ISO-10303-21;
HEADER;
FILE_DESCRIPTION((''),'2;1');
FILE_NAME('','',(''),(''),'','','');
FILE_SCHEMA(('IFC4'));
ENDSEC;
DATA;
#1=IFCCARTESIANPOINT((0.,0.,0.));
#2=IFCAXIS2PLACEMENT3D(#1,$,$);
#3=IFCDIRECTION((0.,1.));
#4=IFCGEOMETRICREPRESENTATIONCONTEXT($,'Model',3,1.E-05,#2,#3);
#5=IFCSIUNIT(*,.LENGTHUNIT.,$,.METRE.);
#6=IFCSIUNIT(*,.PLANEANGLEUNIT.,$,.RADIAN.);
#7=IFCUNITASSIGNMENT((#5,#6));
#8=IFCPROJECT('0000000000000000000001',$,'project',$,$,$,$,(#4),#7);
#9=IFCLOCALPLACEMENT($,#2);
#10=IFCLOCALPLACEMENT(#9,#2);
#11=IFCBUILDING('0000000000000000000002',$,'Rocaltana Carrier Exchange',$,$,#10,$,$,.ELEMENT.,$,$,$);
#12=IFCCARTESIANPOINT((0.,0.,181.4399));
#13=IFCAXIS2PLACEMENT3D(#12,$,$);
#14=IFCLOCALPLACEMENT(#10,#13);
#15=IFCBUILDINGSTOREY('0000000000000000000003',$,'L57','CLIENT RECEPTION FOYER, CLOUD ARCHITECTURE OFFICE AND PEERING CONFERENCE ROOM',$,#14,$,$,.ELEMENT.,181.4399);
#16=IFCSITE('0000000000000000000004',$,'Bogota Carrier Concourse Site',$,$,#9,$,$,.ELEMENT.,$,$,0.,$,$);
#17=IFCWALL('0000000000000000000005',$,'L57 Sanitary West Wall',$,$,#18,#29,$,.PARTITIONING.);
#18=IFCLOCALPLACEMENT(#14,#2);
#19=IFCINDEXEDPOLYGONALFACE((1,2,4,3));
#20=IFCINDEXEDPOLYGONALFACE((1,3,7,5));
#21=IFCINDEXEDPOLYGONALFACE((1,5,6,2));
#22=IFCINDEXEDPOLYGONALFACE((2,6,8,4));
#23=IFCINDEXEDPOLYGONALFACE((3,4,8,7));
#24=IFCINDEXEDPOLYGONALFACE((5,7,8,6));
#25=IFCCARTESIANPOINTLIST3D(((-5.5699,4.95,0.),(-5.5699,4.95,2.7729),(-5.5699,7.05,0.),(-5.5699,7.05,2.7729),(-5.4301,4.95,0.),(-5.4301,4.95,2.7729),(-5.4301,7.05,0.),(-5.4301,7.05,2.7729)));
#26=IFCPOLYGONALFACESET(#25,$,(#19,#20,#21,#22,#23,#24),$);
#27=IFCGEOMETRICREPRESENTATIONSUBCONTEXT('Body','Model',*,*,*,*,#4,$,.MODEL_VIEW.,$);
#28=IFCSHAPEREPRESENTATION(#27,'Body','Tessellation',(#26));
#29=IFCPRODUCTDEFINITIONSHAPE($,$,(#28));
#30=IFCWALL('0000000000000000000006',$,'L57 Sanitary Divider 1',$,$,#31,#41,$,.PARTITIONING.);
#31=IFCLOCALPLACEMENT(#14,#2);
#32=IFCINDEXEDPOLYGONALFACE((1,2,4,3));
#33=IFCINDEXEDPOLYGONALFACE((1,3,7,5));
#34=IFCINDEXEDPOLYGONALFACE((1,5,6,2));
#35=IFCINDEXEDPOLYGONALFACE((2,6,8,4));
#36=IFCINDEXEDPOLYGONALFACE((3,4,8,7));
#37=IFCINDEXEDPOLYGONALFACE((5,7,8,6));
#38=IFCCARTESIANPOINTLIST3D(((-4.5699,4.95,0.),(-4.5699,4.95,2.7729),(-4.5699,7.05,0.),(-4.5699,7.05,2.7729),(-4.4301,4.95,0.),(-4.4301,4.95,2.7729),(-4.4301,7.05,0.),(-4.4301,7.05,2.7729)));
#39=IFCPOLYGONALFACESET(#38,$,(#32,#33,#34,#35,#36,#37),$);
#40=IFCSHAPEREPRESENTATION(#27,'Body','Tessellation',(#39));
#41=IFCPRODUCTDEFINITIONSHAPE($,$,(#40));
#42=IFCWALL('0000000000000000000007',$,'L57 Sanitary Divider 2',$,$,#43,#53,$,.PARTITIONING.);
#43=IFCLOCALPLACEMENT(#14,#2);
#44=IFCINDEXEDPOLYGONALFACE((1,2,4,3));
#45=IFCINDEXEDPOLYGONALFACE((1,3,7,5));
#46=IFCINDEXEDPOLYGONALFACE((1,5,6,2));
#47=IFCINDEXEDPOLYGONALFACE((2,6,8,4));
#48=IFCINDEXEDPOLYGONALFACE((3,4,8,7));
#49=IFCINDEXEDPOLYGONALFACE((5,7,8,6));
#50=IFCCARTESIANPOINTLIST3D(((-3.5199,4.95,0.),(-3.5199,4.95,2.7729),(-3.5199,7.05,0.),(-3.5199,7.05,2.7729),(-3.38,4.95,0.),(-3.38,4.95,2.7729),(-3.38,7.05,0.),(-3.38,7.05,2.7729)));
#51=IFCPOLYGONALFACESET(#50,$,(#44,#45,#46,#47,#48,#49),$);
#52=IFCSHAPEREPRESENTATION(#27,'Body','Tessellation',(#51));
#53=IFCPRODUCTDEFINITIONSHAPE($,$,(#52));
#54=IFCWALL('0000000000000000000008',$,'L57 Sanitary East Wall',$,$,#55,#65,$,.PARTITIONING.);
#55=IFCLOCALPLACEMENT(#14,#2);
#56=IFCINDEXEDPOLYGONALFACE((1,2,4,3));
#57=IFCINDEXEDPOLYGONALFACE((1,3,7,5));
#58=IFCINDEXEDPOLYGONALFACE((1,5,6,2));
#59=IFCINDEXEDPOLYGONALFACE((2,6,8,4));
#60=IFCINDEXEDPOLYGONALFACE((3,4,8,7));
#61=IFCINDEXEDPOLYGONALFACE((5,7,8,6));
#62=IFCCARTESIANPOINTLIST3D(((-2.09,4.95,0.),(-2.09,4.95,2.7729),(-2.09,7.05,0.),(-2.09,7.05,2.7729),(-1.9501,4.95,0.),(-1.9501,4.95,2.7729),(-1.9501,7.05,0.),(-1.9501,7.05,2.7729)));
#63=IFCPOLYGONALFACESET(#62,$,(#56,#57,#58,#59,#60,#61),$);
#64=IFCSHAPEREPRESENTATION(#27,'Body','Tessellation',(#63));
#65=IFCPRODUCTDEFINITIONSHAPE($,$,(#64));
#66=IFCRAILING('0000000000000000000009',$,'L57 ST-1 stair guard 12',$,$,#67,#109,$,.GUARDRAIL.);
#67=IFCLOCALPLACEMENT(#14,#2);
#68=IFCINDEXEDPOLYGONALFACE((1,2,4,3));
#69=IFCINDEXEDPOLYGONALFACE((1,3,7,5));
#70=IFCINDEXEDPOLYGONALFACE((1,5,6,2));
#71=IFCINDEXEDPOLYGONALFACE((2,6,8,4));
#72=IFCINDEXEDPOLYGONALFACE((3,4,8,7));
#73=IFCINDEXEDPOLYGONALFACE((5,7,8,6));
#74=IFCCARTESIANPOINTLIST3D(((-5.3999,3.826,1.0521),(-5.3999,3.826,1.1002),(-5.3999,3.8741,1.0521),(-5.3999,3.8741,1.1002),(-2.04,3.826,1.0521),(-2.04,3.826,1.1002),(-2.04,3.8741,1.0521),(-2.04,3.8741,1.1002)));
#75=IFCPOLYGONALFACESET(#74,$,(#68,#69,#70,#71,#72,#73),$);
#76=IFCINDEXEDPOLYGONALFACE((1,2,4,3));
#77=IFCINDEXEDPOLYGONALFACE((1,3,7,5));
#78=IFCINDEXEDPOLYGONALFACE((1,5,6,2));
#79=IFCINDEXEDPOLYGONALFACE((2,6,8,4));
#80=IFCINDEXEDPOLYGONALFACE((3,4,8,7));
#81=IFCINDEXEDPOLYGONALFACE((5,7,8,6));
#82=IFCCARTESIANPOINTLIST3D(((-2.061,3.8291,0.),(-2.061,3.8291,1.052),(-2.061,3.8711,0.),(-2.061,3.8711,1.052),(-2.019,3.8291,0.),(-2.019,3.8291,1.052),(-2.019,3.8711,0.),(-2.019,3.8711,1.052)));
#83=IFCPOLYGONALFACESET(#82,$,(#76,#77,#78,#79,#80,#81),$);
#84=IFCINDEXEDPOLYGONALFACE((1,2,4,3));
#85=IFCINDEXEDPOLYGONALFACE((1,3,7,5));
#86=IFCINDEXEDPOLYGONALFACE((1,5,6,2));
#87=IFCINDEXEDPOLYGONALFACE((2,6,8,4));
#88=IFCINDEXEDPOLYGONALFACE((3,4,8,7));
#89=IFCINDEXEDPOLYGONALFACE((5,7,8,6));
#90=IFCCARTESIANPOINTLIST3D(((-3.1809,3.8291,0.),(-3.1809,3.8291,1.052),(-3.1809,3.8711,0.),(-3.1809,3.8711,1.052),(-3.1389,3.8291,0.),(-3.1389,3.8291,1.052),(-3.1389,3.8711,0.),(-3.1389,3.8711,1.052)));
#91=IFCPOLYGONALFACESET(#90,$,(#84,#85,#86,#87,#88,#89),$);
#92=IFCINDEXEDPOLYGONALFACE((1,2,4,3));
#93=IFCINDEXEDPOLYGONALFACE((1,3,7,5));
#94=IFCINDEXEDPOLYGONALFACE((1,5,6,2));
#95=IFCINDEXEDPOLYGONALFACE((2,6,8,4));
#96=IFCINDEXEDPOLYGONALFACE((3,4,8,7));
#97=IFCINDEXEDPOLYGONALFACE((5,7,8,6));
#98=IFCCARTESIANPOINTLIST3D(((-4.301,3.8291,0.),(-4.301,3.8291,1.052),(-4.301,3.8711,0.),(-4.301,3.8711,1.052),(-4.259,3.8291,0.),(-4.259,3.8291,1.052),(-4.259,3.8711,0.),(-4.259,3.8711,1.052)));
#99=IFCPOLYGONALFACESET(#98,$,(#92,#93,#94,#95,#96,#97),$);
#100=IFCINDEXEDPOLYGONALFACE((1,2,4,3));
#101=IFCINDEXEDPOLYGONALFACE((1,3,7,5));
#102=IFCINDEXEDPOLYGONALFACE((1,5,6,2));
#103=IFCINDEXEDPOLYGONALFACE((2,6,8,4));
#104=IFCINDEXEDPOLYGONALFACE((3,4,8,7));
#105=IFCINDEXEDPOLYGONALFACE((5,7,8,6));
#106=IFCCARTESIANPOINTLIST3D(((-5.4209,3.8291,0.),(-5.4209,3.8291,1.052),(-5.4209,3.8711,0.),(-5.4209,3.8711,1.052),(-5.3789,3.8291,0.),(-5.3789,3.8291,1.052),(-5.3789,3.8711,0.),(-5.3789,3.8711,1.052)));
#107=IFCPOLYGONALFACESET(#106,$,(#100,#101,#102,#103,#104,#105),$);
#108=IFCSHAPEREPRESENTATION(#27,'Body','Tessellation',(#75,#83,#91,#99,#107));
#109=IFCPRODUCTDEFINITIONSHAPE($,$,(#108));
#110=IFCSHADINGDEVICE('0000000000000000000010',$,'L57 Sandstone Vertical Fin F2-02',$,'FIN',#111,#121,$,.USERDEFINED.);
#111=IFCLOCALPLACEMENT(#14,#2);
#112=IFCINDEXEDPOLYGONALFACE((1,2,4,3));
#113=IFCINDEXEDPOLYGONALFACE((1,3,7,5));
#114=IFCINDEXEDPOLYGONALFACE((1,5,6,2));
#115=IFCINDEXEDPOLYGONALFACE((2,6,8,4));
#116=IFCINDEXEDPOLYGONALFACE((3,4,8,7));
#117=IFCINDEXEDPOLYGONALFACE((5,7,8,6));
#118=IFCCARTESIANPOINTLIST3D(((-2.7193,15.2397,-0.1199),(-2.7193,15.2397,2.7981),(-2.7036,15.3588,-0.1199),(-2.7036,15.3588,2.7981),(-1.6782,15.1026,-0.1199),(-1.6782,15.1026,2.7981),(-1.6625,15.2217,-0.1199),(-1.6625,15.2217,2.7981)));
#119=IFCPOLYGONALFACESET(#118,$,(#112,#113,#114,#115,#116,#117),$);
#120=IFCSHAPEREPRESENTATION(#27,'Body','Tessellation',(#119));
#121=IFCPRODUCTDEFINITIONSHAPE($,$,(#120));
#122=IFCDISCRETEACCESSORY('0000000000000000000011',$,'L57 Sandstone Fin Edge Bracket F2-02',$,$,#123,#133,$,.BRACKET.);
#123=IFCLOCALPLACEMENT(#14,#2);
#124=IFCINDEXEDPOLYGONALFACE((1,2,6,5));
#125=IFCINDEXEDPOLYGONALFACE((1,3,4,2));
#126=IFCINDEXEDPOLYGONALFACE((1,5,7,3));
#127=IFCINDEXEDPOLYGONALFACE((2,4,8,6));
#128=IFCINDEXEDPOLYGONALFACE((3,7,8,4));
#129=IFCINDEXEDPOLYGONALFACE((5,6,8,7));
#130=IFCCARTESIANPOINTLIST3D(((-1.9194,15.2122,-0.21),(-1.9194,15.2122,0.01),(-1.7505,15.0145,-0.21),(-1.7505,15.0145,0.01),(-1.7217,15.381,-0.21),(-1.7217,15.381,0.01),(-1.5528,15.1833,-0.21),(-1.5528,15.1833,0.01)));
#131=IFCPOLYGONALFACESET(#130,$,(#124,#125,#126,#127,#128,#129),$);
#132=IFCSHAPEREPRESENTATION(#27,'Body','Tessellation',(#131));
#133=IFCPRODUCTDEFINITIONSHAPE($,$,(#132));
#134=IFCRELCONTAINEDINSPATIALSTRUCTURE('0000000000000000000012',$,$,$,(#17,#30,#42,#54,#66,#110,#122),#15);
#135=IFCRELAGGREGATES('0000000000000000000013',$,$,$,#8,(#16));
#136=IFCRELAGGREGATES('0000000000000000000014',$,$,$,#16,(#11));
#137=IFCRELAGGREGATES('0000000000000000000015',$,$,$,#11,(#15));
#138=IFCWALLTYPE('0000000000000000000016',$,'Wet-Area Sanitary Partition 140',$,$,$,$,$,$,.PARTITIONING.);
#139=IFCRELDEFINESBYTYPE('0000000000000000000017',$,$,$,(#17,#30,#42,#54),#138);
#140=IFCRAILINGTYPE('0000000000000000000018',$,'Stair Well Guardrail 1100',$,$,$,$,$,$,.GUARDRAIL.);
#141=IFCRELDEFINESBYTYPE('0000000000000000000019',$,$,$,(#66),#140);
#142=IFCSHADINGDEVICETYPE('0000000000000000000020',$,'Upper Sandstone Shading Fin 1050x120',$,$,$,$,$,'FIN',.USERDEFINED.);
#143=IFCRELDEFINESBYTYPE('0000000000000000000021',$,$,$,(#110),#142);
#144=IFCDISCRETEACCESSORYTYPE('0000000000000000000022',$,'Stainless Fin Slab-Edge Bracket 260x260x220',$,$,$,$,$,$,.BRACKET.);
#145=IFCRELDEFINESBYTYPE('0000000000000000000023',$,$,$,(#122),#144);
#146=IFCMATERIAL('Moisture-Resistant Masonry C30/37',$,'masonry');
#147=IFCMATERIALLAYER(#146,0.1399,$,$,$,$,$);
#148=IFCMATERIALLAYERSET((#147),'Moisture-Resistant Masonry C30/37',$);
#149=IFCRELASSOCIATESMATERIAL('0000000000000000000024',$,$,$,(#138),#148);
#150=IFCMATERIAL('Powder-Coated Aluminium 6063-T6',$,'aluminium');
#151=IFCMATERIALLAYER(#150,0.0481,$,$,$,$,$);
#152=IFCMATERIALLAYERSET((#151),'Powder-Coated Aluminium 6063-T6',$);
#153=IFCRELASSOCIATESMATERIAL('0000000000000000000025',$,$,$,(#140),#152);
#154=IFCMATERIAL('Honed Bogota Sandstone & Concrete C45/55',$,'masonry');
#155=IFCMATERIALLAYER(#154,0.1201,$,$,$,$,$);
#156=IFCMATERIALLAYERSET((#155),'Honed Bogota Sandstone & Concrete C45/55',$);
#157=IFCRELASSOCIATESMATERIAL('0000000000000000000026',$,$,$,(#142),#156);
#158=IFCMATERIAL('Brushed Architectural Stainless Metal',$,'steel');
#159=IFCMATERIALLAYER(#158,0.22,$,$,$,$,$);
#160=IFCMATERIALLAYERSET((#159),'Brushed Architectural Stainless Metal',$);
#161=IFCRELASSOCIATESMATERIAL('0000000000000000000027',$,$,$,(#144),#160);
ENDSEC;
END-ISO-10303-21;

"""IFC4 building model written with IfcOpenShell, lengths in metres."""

from ifc_helpers import new_model, si_unit, direction, frame, frame_2d, origin, origin_2d, place, context, subcontext, project, spatial, rectangle, extrude, material, layer, layer_set, type_object, element, save


model = new_model("IFC4")

# Units and contexts
model_context = context("Model", 3, precision=1e-05, world=origin(), true_north=direction((0.0, 1.0)))
body_context = subcontext(model_context, "Body", "Model", "MODEL_VIEW")
ifc_project = project(units=[si_unit("LENGTHUNIT", "METRE"), si_unit("PLANEANGLEUNIT", "RADIAN")], contexts=[model_context])

# Site, building, storey
site_placement = place(None, origin())
site = spatial("IfcSite", under=ifc_project, at=site_placement, Name="Bogota Carrier Concourse Site", CompositionType="ELEMENT", RefElevation=0.0)
building_placement = place(site_placement, origin())
building = spatial("IfcBuilding", under=site, at=building_placement, Name="Rocaltana Carrier Exchange", CompositionType="ELEMENT")
storey_placement = place(building_placement, frame((0.0, 0.0, 181.4399)))
storey = spatial("IfcBuildingStorey", under=building, at=storey_placement, Name="L57", Description="CLIENT RECEPTION FOYER, CLOUD ARCHITECTURE OFFICE AND PEERING CONFERENCE ROOM", CompositionType="ELEMENT", Elevation=181.4399)

# Walls
ifc_material_1 = material(Name="Moisture-Resistant Masonry C30/37", Category="masonry")
ifc_layer_1 = layer(ifc_material_1, 0.1399)
ifc_layer_set_1 = layer_set([ifc_layer_1], Name="Moisture-Resistant Masonry C30/37")
wall_type_1 = type_object("IfcWallType", Name="Wet-Area Sanitary Partition 140", PredefinedType="PARTITIONING", material=ifc_layer_set_1)
for number, where, z_axis, x_axis, name in (
    (1, (-5.5, 4.95, 0.0), (0.0, 0.0, 1.0), (0.0, 1.0, 0.0), "L57 Sanitary West Wall"),
    (2, (-4.5, 4.95, 0.0), (0.0, 0.0, 1.0), (0.0, 1.0, 0.0), "L57 Sanitary Divider 1"),
    (3, (-3.45, 4.95, 0.0), (0.0, 0.0, 1.0), (0.0, 1.0, 0.0), "L57 Sanitary Divider 2"),
    (4, (-2.02, 4.95, 0.0), (0.0, 0.0, 1.0), (0.0, 1.0, 0.0), "L57 Sanitary East Wall"),
):
    element("IfcWall", number, at=place(storey_placement, frame(where, z_axis=z_axis, x_axis=x_axis)), inside=storey, type_object=wall_type_1, Name=name, PredefinedType="PARTITIONING", context=body_context, shape_type="SweptSolid", body=[
        extrude(rectangle(XDim=2.1001, YDim=0.1399, at=frame_2d((1.05, 0.0))), origin(), (0.0, 0.0, 1.0), 2.7729),
    ])

# Railing
ifc_material_2 = material(Name="Powder-Coated Aluminium 6063-T6", Category="aluminium")
ifc_layer_2 = layer(ifc_material_2, 0.0481)
ifc_layer_set_2 = layer_set([ifc_layer_2], Name="Powder-Coated Aluminium 6063-T6")
railing_type = type_object("IfcRailingType", Name="Stair Well Guardrail 1100", PredefinedType="GUARDRAIL", material=ifc_layer_set_2)
railing_placement = place(storey_placement, frame((-2.04, 3.8501, 0.0)))
element("IfcRailing", 5, at=railing_placement, inside=storey, type_object=railing_type, Name="L57 ST-1 stair guard 12", PredefinedType="GUARDRAIL", context=body_context, shape_type="SweptSolid", body=[
    extrude(rectangle(XDim=0.0481, YDim=0.0481, at=origin_2d()), frame((0.0, 0.0, 1.0762), z_axis=(-1.0, 0.0, 0.0), x_axis=(0.0, -1.0, 0.0)), (0.0, 0.0, 1.0), 3.3599),
    extrude(rectangle(XDim=0.042, YDim=0.042, at=origin_2d()), origin(), (0.0, 0.0, 1.0), 1.052),
    extrude(rectangle(XDim=0.042, YDim=0.042, at=origin_2d()), frame((-1.1199, 0.0, 0.0)), (0.0, 0.0, 1.0), 1.052),
    extrude(rectangle(XDim=0.042, YDim=0.042, at=origin_2d()), frame((-2.24, 0.0, 0.0)), (0.0, 0.0, 1.0), 1.052),
    extrude(rectangle(XDim=0.042, YDim=0.042, at=origin_2d()), frame((-3.3599, 0.0, 0.0)), (0.0, 0.0, 1.0), 1.052),
])

# Shading device
ifc_material_3 = material(Name="Honed Bogota Sandstone & Concrete C45/55", Category="masonry")
ifc_layer_3 = layer(ifc_material_3, 0.1201)
ifc_layer_set_3 = layer_set([ifc_layer_3], Name="Honed Bogota Sandstone & Concrete C45/55")
shading_device_type = type_object("IfcShadingDeviceType", Name="Upper Sandstone Shading Fin 1050x120", ElementType="FIN", PredefinedType="USERDEFINED", material=ifc_layer_set_3)
shading_device_placement = place(storey_placement, frame((-2.1909, 15.2307, -0.1199), z_axis=(0.0, 0.0, 1.0), x_axis=(-0.991445, 0.130526, 0.0)))
element("IfcShadingDevice", 6, at=shading_device_placement, inside=storey, type_object=shading_device_type, Name="L57 Sandstone Vertical Fin F2-02", ObjectType="FIN", PredefinedType="USERDEFINED", context=body_context, shape_type="SweptSolid", body=[
    extrude(rectangle(XDim=1.05, YDim=0.1201, at=origin_2d()), origin(), (0.0, 0.0, 1.0), 2.918),
])

# Discrete accessory
ifc_material_4 = material(Name="Brushed Architectural Stainless Metal", Category="steel")
ifc_layer_4 = layer(ifc_material_4, 0.22)
ifc_layer_set_4 = layer_set([ifc_layer_4], Name="Brushed Architectural Stainless Metal")
discrete_accessory_type = type_object("IfcDiscreteAccessoryType", Name="Stainless Fin Slab-Edge Bracket 260x260x220", PredefinedType="BRACKET", material=ifc_layer_set_4)
discrete_accessory_placement = place(storey_placement, frame((-1.7361, 15.1978, -0.21), z_axis=(0.0, 0.0, 1.0), x_axis=(-0.760406, -0.649448, 0.0)))
element("IfcDiscreteAccessory", 7, at=discrete_accessory_placement, inside=storey, type_object=discrete_accessory_type, Name="L57 Sandstone Fin Edge Bracket F2-02", PredefinedType="BRACKET", context=body_context, shape_type="SweptSolid", body=[
    extrude(rectangle(XDim=0.26, YDim=0.26, at=origin_2d()), origin(), (0.0, 0.0, 1.0), 0.22),
])

save(model, "model.ifc")
